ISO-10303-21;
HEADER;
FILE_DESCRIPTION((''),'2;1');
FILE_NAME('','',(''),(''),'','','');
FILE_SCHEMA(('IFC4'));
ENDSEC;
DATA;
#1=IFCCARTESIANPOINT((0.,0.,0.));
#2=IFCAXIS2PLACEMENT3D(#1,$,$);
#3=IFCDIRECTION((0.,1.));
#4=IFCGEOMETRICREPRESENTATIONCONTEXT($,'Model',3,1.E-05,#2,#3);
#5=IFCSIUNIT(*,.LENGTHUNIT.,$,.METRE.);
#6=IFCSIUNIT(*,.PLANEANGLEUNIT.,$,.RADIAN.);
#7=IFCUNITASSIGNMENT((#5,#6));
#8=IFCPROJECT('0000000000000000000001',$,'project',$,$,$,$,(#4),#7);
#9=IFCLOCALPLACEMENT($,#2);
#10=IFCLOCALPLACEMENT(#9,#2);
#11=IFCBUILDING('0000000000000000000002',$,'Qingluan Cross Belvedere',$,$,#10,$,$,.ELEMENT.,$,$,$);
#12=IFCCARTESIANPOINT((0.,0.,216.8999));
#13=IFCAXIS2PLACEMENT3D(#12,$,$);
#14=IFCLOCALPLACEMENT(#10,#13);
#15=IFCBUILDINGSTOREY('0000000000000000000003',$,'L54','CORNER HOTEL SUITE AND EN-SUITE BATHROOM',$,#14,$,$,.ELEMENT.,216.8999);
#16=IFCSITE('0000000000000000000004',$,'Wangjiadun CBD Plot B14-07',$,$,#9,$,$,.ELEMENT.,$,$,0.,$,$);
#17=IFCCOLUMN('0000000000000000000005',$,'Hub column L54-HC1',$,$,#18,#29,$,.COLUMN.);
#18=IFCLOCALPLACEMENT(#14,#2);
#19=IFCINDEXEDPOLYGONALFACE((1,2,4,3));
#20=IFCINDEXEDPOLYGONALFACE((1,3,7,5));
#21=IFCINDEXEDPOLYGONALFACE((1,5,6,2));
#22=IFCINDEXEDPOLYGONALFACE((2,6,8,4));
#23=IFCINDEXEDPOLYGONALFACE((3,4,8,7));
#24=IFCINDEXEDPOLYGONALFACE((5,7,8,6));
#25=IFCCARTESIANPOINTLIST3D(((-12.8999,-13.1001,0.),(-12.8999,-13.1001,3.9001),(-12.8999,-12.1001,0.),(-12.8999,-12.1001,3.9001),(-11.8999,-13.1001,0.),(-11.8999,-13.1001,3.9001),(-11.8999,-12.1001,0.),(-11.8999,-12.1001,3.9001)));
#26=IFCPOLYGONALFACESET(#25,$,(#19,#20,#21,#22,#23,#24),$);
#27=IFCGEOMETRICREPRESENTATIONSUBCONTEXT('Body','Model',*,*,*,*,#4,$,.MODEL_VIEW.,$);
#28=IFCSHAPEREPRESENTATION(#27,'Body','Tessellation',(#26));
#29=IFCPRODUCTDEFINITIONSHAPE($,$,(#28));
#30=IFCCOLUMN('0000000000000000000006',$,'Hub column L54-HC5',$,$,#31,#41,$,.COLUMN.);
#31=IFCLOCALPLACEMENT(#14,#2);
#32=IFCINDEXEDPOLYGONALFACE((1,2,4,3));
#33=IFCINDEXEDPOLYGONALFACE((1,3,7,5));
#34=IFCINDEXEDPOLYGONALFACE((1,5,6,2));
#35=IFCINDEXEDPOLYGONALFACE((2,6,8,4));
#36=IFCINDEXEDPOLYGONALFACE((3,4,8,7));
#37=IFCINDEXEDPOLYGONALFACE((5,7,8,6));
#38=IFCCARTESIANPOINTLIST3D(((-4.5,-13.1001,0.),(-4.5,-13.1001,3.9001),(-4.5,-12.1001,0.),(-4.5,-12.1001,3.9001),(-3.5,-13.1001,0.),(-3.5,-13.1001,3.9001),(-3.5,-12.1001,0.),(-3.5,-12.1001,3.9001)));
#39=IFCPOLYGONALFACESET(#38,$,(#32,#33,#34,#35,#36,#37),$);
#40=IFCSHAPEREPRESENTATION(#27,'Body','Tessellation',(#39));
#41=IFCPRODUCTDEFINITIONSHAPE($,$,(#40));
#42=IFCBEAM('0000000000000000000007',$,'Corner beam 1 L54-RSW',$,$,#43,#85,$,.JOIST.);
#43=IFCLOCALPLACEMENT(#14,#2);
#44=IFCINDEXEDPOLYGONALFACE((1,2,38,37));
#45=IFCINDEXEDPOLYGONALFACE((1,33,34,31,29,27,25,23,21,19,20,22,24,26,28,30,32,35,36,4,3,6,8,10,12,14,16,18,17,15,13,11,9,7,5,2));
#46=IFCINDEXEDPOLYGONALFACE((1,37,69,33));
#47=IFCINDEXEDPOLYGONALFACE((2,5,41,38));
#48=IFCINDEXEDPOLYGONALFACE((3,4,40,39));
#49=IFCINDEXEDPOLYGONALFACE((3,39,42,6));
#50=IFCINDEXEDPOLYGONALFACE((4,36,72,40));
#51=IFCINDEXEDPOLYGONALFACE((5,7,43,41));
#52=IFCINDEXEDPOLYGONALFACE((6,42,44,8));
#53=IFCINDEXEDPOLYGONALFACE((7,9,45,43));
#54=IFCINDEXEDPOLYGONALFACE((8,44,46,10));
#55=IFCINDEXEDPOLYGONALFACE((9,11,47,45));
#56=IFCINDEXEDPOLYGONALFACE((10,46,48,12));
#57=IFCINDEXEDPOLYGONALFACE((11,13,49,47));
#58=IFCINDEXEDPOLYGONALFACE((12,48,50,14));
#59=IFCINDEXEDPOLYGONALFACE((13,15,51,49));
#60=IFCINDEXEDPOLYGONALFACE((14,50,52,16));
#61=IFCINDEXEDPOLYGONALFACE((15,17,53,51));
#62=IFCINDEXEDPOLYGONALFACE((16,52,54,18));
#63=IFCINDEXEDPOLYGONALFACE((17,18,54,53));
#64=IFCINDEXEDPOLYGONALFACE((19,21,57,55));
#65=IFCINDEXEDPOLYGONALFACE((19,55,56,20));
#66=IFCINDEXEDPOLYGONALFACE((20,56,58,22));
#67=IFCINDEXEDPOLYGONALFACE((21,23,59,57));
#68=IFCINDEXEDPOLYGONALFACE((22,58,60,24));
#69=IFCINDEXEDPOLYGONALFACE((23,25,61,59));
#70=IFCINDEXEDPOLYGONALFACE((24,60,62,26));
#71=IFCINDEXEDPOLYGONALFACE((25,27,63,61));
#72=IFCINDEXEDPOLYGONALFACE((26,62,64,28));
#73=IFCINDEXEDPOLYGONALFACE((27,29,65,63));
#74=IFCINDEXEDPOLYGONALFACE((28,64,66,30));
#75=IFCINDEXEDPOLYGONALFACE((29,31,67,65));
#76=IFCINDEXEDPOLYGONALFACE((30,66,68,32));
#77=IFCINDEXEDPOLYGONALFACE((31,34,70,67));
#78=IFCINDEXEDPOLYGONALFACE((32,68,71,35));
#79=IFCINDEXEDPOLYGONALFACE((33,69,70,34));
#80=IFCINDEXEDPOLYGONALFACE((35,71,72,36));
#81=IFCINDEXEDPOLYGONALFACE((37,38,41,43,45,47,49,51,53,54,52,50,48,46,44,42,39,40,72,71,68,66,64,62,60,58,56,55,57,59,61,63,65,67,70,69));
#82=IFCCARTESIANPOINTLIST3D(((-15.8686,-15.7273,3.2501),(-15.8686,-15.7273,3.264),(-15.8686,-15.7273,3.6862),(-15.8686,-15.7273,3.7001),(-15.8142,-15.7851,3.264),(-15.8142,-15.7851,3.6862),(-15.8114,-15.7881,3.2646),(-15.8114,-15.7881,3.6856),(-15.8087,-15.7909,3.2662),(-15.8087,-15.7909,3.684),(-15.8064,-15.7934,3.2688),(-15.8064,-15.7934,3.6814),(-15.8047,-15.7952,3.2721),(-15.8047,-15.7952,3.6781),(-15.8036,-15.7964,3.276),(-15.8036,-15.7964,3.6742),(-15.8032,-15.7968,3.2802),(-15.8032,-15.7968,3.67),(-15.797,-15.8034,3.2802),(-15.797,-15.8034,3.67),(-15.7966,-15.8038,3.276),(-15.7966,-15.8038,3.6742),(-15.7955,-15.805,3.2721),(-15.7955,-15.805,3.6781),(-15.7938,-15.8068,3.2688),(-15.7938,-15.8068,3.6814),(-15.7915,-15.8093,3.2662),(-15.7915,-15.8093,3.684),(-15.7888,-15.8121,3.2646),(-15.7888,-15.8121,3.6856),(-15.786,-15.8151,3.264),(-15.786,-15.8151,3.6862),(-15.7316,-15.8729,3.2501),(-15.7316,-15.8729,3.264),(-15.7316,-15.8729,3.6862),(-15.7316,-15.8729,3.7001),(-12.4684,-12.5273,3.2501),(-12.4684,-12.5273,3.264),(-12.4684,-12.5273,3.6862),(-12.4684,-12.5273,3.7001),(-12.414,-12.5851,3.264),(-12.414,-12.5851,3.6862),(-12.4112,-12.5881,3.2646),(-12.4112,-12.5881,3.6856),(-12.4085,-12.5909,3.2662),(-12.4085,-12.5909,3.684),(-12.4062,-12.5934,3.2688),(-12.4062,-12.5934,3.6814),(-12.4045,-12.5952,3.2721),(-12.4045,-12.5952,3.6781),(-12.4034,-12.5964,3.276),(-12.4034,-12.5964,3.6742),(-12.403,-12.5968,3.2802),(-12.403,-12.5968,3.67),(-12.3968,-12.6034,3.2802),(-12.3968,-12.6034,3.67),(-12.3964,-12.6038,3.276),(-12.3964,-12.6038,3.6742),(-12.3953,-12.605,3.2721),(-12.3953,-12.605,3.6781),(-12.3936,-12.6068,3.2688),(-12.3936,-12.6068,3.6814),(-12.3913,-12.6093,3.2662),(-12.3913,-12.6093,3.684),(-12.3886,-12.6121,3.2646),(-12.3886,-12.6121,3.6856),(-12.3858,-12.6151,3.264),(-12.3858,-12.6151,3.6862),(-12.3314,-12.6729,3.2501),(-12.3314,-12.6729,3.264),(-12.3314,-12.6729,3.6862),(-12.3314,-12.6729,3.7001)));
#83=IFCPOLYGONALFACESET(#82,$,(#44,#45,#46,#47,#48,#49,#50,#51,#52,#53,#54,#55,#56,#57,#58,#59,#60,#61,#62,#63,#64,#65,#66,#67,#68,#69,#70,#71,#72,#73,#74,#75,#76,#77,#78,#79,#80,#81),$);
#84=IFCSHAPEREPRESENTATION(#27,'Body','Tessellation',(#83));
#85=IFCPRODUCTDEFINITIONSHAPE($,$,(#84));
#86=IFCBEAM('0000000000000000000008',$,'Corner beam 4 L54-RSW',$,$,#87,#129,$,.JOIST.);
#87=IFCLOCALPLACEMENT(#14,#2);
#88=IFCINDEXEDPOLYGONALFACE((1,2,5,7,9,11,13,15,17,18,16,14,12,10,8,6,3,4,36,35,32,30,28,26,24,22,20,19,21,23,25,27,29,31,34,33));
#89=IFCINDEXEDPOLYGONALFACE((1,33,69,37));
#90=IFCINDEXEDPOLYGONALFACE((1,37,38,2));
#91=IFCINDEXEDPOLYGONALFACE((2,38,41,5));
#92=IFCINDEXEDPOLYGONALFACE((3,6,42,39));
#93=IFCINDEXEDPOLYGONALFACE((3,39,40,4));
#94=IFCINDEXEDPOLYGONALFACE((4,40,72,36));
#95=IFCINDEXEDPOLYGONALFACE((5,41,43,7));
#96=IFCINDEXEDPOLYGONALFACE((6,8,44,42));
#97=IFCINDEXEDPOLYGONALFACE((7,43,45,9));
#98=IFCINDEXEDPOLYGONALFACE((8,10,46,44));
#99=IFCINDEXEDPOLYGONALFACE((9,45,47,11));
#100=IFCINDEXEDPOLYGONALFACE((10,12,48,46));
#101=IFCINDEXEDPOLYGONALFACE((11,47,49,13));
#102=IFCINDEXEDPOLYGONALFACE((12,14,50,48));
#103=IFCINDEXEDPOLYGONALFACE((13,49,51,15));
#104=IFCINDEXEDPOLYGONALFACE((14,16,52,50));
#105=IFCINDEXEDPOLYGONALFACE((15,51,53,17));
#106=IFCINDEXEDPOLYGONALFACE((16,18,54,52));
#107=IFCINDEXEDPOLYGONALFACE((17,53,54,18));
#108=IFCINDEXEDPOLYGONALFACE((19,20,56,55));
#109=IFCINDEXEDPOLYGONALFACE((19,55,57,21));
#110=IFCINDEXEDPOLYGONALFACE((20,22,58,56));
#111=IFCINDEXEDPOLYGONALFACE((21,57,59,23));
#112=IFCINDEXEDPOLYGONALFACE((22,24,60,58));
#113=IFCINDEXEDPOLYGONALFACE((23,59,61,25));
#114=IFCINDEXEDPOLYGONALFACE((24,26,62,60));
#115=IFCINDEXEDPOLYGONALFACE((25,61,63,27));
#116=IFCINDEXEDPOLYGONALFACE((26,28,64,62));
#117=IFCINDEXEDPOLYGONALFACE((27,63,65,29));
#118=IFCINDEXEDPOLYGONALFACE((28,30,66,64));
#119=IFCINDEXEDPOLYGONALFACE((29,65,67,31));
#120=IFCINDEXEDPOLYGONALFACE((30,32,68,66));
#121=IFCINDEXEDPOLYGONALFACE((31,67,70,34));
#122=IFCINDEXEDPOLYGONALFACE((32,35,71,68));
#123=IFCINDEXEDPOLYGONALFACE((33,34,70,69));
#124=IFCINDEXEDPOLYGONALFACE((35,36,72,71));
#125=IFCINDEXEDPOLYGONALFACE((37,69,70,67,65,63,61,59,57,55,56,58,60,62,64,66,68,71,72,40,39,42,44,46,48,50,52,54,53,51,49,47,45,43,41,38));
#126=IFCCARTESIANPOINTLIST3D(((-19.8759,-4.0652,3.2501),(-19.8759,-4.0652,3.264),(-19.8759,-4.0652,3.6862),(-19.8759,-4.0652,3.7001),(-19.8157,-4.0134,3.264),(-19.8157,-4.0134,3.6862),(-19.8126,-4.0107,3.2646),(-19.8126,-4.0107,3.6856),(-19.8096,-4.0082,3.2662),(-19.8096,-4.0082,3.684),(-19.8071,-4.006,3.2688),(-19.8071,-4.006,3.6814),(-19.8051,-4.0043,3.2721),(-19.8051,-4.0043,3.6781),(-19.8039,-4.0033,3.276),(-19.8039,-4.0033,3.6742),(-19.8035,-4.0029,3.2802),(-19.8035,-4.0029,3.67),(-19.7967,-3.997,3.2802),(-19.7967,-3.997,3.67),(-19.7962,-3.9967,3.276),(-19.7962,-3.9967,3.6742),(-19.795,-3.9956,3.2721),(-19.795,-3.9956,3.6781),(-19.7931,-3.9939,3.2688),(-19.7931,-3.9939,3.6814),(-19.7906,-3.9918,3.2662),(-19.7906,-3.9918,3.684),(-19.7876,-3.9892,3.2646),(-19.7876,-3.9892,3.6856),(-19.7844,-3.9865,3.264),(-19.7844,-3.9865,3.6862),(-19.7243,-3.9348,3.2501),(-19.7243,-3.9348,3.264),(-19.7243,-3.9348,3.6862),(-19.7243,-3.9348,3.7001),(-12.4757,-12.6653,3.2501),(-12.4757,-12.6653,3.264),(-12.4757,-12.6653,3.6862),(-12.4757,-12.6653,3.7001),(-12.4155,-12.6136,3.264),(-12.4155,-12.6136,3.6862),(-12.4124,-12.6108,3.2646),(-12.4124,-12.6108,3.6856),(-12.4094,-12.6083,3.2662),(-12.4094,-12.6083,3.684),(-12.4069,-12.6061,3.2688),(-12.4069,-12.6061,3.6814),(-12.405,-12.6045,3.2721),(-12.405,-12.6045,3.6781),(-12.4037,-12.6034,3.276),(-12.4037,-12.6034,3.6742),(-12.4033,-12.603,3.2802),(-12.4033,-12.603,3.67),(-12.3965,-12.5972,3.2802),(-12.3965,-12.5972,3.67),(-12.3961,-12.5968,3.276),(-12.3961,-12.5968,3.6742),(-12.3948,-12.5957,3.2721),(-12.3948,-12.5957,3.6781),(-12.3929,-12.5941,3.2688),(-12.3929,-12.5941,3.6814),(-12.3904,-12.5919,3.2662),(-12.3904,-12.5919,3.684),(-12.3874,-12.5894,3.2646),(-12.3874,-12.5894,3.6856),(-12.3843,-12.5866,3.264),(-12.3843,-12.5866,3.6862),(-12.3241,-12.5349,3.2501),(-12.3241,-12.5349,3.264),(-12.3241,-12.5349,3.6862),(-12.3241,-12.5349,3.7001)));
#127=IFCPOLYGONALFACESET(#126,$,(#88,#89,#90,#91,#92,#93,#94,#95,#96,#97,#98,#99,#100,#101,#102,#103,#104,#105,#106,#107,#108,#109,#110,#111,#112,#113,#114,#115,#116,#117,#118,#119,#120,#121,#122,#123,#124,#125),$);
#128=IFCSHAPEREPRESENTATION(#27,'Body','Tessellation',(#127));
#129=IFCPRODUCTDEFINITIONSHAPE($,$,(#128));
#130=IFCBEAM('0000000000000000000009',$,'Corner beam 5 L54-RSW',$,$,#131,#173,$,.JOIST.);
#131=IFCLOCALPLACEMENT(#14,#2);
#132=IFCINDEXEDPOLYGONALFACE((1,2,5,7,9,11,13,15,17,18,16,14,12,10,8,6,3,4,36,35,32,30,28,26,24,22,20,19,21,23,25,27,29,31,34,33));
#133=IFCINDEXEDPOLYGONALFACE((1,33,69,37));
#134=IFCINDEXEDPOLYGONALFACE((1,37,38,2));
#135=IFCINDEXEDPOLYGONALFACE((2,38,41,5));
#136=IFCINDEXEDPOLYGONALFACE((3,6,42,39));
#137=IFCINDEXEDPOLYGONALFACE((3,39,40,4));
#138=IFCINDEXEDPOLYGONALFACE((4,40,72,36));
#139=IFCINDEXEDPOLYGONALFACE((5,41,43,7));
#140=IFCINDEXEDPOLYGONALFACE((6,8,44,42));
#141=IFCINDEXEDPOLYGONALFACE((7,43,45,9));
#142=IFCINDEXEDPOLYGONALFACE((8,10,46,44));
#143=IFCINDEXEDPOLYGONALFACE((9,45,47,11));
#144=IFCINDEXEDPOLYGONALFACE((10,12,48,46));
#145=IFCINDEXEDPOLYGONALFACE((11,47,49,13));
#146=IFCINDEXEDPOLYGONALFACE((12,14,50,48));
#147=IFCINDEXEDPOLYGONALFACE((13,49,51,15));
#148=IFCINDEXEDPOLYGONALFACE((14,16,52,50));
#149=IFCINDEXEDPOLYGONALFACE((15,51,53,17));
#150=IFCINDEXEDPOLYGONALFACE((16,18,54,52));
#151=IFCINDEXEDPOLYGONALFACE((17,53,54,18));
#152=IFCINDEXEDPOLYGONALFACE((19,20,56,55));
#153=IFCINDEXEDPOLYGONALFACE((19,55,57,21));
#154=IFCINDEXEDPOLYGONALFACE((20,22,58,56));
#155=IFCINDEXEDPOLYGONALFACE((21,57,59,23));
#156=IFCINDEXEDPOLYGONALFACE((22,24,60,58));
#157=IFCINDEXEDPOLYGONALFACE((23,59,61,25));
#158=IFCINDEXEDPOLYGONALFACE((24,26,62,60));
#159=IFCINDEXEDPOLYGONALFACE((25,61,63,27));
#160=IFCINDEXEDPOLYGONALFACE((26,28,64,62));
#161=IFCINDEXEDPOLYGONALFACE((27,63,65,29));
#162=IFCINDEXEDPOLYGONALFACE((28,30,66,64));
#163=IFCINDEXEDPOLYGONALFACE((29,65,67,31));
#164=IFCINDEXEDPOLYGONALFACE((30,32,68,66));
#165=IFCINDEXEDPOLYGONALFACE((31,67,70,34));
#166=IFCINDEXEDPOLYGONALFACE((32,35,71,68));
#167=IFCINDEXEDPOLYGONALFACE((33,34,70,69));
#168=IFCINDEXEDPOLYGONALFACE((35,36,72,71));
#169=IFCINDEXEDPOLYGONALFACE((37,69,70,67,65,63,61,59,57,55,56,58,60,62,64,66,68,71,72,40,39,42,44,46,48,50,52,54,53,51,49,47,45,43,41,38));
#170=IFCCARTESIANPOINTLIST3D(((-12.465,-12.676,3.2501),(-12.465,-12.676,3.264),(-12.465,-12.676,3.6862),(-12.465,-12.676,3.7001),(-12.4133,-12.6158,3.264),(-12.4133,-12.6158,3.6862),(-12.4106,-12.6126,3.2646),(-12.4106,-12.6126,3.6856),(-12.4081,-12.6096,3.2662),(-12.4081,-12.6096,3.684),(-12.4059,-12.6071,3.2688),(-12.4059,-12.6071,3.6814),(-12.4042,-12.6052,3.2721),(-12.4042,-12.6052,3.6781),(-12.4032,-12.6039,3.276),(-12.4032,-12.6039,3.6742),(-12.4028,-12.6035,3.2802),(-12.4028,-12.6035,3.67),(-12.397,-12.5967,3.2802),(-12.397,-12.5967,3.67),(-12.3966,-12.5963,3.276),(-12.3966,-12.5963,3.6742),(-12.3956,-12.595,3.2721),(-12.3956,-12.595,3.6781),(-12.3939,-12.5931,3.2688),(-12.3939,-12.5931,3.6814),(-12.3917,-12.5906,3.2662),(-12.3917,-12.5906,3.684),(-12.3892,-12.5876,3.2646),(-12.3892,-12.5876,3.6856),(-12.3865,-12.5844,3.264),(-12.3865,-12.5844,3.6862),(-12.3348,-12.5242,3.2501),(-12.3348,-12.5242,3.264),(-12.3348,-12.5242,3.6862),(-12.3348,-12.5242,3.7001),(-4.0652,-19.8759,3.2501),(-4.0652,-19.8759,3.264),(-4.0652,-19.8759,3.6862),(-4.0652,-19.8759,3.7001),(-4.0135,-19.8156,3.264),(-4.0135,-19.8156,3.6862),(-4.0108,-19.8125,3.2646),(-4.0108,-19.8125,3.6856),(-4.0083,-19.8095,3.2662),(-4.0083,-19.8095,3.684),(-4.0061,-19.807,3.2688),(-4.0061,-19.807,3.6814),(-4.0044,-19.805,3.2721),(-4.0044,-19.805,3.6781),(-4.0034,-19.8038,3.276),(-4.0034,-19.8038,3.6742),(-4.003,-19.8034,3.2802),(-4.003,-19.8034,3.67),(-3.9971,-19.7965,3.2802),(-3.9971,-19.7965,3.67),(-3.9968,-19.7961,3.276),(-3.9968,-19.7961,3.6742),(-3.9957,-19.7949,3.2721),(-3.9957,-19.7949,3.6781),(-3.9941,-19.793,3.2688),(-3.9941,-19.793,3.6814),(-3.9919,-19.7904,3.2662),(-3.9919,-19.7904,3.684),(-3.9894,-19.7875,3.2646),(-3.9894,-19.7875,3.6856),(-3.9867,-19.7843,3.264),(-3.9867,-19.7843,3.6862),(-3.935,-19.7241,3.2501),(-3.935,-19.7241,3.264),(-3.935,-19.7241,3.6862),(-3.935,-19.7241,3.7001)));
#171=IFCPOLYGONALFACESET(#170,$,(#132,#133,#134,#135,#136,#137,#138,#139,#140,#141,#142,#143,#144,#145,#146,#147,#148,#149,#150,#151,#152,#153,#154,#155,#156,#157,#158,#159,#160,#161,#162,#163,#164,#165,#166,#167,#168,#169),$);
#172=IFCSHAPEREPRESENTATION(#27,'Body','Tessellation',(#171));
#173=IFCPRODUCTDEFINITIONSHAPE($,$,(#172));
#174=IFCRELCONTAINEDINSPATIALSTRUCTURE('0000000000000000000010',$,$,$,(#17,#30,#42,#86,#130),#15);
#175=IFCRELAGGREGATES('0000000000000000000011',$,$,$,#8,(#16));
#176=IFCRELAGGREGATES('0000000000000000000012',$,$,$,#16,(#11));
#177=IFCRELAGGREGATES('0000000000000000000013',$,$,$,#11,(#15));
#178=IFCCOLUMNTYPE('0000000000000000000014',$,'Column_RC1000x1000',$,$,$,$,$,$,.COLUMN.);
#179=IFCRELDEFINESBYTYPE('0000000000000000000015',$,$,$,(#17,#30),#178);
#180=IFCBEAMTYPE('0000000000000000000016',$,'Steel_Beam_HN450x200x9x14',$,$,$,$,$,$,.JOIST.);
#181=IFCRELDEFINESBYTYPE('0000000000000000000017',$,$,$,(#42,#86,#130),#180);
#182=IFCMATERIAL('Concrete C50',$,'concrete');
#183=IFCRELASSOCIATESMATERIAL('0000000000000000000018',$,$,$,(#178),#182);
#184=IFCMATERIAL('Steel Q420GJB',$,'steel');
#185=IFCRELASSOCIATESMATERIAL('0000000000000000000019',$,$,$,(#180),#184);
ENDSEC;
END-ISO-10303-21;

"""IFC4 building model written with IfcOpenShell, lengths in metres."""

from ifc_helpers import new_model, si_unit, direction, frame, origin, origin_2d, place, context, subcontext, project, spatial, rectangle, i_section, extrude, material, material_profile, profile_set, type_object, element, save


model = new_model("IFC4")

# Units and contexts
model_context = context("Model", 3, precision=1e-05, world=origin(), true_north=direction((0.0, 1.0)))
body_context = subcontext(model_context, "Body", "Model", "MODEL_VIEW")
ifc_project = project(units=[si_unit("LENGTHUNIT", "METRE"), si_unit("PLANEANGLEUNIT", "RADIAN")], contexts=[model_context])

# Site, building, storey
site_placement = place(None, origin())
site = spatial("IfcSite", under=ifc_project, at=site_placement, Name="Wangjiadun CBD Plot B14-07", CompositionType="ELEMENT", RefElevation=0.0)
building_placement = place(site_placement, origin())
building = spatial("IfcBuilding", under=site, at=building_placement, Name="Qingluan Cross Belvedere", CompositionType="ELEMENT")
storey_placement = place(building_placement, frame((0.0, 0.0, 216.8999)))
storey = spatial("IfcBuildingStorey", under=building, at=storey_placement, Name="L54", Description="CORNER HOTEL SUITE AND EN-SUITE BATHROOM", CompositionType="ELEMENT", Elevation=216.8999)

# Columns
ifc_material_1 = material(Name="Concrete C50", Category="concrete")
ifc_material_profile_1 = material_profile(ifc_material_1, rectangle(XDim=1.0, YDim=1.0, at=origin_2d()), Name="RC1000x1000")
ifc_profile_set_1 = profile_set([ifc_material_profile_1], Name="Concrete C50")
column_type = type_object("IfcColumnType", Name="Column_RC1000x1000", PredefinedType="COLUMN", material=ifc_profile_set_1)
for number, where, z_axis, x_axis, name in (
    (1, (-12.3999, -12.6001, 0.0), (0.0, 0.0, 1.0), (1.0, 0.0, 0.0), "Hub column L54-HC1"),
    (2, (-4.0, -12.6001, 0.0), (0.0, 0.0, 1.0), (1.0, 0.0, 0.0), "Hub column L54-HC5"),
):
    element("IfcColumn", number, at=place(storey_placement, frame(where, z_axis=z_axis, x_axis=x_axis)), inside=storey, type_object=column_type, Name=name, PredefinedType="COLUMN", context=body_context, shape_type="SweptSolid", body=[
        extrude(rectangle(XDim=1.0, YDim=1.0, at=origin_2d()), origin(), (0.0, 0.0, 1.0), 3.9001),
    ])

# Beams
ifc_material_2 = material(Name="Steel Q420GJB", Category="steel")
ifc_material_profile_2 = material_profile(ifc_material_2, i_section(OverallWidth=0.2, OverallDepth=0.45, WebThickness=0.009, FlangeThickness=0.0139, FilletRadius=0.0161, at=origin_2d()), Name="HN450x200x9x14")
ifc_profile_set_2 = profile_set([ifc_material_profile_2], Name="Steel Q420GJB")
beam_type_1 = type_object("IfcBeamType", Name="Steel_Beam_HN450x200x9x14", PredefinedType="JOIST", material=ifc_profile_set_2)
beam_1_placement = place(storey_placement, frame((-12.3999, -12.6001, 3.4751), z_axis=(-0.72822, -0.685343, 0.0), x_axis=(0.685343, -0.72822, 0.0)))
element("IfcBeam", 3, at=beam_1_placement, inside=storey, type_object=beam_type_1, Name="Corner beam 1 L54-RSW", PredefinedType="JOIST", context=body_context, shape_type="SweptSolid", body=[
    extrude(i_section(OverallWidth=0.2, OverallDepth=0.45, WebThickness=0.009, FlangeThickness=0.0139, FilletRadius=0.0161, at=origin_2d()), origin(), (0.0, 0.0, 1.0), 4.6692),
])
beam_2_placement = place(storey_placement, frame((-12.3999, -12.6001, 3.4751), z_axis=(-0.652245, 0.758008, 0.0), x_axis=(-0.758008, -0.652245, 0.0)))
element("IfcBeam", 4, at=beam_2_placement, inside=storey, type_object=beam_type_1, Name="Corner beam 4 L54-RSW", PredefinedType="JOIST", context=body_context, shape_type="SweptSolid", body=[
    extrude(i_section(OverallWidth=0.2, OverallDepth=0.45, WebThickness=0.009, FlangeThickness=0.0139, FilletRadius=0.0161, at=origin_2d()), origin(), (0.0, 0.0, 1.0), 11.3457),
])
beam_3_placement = place(storey_placement, frame((-12.3999, -12.6001, 3.4751), z_axis=(0.759255, -0.650793, 0.0), x_axis=(0.650793, 0.759255, 0.0)))
element("IfcBeam", 5, at=beam_3_placement, inside=storey, type_object=beam_type_1, Name="Corner beam 5 L54-RSW", PredefinedType="JOIST", context=body_context, shape_type="SweptSolid", body=[
    extrude(i_section(OverallWidth=0.2, OverallDepth=0.45, WebThickness=0.009, FlangeThickness=0.0139, FilletRadius=0.0161, at=origin_2d()), origin(), (0.0, 0.0, 1.0), 11.0632),
])

save(model, "model.ifc")
